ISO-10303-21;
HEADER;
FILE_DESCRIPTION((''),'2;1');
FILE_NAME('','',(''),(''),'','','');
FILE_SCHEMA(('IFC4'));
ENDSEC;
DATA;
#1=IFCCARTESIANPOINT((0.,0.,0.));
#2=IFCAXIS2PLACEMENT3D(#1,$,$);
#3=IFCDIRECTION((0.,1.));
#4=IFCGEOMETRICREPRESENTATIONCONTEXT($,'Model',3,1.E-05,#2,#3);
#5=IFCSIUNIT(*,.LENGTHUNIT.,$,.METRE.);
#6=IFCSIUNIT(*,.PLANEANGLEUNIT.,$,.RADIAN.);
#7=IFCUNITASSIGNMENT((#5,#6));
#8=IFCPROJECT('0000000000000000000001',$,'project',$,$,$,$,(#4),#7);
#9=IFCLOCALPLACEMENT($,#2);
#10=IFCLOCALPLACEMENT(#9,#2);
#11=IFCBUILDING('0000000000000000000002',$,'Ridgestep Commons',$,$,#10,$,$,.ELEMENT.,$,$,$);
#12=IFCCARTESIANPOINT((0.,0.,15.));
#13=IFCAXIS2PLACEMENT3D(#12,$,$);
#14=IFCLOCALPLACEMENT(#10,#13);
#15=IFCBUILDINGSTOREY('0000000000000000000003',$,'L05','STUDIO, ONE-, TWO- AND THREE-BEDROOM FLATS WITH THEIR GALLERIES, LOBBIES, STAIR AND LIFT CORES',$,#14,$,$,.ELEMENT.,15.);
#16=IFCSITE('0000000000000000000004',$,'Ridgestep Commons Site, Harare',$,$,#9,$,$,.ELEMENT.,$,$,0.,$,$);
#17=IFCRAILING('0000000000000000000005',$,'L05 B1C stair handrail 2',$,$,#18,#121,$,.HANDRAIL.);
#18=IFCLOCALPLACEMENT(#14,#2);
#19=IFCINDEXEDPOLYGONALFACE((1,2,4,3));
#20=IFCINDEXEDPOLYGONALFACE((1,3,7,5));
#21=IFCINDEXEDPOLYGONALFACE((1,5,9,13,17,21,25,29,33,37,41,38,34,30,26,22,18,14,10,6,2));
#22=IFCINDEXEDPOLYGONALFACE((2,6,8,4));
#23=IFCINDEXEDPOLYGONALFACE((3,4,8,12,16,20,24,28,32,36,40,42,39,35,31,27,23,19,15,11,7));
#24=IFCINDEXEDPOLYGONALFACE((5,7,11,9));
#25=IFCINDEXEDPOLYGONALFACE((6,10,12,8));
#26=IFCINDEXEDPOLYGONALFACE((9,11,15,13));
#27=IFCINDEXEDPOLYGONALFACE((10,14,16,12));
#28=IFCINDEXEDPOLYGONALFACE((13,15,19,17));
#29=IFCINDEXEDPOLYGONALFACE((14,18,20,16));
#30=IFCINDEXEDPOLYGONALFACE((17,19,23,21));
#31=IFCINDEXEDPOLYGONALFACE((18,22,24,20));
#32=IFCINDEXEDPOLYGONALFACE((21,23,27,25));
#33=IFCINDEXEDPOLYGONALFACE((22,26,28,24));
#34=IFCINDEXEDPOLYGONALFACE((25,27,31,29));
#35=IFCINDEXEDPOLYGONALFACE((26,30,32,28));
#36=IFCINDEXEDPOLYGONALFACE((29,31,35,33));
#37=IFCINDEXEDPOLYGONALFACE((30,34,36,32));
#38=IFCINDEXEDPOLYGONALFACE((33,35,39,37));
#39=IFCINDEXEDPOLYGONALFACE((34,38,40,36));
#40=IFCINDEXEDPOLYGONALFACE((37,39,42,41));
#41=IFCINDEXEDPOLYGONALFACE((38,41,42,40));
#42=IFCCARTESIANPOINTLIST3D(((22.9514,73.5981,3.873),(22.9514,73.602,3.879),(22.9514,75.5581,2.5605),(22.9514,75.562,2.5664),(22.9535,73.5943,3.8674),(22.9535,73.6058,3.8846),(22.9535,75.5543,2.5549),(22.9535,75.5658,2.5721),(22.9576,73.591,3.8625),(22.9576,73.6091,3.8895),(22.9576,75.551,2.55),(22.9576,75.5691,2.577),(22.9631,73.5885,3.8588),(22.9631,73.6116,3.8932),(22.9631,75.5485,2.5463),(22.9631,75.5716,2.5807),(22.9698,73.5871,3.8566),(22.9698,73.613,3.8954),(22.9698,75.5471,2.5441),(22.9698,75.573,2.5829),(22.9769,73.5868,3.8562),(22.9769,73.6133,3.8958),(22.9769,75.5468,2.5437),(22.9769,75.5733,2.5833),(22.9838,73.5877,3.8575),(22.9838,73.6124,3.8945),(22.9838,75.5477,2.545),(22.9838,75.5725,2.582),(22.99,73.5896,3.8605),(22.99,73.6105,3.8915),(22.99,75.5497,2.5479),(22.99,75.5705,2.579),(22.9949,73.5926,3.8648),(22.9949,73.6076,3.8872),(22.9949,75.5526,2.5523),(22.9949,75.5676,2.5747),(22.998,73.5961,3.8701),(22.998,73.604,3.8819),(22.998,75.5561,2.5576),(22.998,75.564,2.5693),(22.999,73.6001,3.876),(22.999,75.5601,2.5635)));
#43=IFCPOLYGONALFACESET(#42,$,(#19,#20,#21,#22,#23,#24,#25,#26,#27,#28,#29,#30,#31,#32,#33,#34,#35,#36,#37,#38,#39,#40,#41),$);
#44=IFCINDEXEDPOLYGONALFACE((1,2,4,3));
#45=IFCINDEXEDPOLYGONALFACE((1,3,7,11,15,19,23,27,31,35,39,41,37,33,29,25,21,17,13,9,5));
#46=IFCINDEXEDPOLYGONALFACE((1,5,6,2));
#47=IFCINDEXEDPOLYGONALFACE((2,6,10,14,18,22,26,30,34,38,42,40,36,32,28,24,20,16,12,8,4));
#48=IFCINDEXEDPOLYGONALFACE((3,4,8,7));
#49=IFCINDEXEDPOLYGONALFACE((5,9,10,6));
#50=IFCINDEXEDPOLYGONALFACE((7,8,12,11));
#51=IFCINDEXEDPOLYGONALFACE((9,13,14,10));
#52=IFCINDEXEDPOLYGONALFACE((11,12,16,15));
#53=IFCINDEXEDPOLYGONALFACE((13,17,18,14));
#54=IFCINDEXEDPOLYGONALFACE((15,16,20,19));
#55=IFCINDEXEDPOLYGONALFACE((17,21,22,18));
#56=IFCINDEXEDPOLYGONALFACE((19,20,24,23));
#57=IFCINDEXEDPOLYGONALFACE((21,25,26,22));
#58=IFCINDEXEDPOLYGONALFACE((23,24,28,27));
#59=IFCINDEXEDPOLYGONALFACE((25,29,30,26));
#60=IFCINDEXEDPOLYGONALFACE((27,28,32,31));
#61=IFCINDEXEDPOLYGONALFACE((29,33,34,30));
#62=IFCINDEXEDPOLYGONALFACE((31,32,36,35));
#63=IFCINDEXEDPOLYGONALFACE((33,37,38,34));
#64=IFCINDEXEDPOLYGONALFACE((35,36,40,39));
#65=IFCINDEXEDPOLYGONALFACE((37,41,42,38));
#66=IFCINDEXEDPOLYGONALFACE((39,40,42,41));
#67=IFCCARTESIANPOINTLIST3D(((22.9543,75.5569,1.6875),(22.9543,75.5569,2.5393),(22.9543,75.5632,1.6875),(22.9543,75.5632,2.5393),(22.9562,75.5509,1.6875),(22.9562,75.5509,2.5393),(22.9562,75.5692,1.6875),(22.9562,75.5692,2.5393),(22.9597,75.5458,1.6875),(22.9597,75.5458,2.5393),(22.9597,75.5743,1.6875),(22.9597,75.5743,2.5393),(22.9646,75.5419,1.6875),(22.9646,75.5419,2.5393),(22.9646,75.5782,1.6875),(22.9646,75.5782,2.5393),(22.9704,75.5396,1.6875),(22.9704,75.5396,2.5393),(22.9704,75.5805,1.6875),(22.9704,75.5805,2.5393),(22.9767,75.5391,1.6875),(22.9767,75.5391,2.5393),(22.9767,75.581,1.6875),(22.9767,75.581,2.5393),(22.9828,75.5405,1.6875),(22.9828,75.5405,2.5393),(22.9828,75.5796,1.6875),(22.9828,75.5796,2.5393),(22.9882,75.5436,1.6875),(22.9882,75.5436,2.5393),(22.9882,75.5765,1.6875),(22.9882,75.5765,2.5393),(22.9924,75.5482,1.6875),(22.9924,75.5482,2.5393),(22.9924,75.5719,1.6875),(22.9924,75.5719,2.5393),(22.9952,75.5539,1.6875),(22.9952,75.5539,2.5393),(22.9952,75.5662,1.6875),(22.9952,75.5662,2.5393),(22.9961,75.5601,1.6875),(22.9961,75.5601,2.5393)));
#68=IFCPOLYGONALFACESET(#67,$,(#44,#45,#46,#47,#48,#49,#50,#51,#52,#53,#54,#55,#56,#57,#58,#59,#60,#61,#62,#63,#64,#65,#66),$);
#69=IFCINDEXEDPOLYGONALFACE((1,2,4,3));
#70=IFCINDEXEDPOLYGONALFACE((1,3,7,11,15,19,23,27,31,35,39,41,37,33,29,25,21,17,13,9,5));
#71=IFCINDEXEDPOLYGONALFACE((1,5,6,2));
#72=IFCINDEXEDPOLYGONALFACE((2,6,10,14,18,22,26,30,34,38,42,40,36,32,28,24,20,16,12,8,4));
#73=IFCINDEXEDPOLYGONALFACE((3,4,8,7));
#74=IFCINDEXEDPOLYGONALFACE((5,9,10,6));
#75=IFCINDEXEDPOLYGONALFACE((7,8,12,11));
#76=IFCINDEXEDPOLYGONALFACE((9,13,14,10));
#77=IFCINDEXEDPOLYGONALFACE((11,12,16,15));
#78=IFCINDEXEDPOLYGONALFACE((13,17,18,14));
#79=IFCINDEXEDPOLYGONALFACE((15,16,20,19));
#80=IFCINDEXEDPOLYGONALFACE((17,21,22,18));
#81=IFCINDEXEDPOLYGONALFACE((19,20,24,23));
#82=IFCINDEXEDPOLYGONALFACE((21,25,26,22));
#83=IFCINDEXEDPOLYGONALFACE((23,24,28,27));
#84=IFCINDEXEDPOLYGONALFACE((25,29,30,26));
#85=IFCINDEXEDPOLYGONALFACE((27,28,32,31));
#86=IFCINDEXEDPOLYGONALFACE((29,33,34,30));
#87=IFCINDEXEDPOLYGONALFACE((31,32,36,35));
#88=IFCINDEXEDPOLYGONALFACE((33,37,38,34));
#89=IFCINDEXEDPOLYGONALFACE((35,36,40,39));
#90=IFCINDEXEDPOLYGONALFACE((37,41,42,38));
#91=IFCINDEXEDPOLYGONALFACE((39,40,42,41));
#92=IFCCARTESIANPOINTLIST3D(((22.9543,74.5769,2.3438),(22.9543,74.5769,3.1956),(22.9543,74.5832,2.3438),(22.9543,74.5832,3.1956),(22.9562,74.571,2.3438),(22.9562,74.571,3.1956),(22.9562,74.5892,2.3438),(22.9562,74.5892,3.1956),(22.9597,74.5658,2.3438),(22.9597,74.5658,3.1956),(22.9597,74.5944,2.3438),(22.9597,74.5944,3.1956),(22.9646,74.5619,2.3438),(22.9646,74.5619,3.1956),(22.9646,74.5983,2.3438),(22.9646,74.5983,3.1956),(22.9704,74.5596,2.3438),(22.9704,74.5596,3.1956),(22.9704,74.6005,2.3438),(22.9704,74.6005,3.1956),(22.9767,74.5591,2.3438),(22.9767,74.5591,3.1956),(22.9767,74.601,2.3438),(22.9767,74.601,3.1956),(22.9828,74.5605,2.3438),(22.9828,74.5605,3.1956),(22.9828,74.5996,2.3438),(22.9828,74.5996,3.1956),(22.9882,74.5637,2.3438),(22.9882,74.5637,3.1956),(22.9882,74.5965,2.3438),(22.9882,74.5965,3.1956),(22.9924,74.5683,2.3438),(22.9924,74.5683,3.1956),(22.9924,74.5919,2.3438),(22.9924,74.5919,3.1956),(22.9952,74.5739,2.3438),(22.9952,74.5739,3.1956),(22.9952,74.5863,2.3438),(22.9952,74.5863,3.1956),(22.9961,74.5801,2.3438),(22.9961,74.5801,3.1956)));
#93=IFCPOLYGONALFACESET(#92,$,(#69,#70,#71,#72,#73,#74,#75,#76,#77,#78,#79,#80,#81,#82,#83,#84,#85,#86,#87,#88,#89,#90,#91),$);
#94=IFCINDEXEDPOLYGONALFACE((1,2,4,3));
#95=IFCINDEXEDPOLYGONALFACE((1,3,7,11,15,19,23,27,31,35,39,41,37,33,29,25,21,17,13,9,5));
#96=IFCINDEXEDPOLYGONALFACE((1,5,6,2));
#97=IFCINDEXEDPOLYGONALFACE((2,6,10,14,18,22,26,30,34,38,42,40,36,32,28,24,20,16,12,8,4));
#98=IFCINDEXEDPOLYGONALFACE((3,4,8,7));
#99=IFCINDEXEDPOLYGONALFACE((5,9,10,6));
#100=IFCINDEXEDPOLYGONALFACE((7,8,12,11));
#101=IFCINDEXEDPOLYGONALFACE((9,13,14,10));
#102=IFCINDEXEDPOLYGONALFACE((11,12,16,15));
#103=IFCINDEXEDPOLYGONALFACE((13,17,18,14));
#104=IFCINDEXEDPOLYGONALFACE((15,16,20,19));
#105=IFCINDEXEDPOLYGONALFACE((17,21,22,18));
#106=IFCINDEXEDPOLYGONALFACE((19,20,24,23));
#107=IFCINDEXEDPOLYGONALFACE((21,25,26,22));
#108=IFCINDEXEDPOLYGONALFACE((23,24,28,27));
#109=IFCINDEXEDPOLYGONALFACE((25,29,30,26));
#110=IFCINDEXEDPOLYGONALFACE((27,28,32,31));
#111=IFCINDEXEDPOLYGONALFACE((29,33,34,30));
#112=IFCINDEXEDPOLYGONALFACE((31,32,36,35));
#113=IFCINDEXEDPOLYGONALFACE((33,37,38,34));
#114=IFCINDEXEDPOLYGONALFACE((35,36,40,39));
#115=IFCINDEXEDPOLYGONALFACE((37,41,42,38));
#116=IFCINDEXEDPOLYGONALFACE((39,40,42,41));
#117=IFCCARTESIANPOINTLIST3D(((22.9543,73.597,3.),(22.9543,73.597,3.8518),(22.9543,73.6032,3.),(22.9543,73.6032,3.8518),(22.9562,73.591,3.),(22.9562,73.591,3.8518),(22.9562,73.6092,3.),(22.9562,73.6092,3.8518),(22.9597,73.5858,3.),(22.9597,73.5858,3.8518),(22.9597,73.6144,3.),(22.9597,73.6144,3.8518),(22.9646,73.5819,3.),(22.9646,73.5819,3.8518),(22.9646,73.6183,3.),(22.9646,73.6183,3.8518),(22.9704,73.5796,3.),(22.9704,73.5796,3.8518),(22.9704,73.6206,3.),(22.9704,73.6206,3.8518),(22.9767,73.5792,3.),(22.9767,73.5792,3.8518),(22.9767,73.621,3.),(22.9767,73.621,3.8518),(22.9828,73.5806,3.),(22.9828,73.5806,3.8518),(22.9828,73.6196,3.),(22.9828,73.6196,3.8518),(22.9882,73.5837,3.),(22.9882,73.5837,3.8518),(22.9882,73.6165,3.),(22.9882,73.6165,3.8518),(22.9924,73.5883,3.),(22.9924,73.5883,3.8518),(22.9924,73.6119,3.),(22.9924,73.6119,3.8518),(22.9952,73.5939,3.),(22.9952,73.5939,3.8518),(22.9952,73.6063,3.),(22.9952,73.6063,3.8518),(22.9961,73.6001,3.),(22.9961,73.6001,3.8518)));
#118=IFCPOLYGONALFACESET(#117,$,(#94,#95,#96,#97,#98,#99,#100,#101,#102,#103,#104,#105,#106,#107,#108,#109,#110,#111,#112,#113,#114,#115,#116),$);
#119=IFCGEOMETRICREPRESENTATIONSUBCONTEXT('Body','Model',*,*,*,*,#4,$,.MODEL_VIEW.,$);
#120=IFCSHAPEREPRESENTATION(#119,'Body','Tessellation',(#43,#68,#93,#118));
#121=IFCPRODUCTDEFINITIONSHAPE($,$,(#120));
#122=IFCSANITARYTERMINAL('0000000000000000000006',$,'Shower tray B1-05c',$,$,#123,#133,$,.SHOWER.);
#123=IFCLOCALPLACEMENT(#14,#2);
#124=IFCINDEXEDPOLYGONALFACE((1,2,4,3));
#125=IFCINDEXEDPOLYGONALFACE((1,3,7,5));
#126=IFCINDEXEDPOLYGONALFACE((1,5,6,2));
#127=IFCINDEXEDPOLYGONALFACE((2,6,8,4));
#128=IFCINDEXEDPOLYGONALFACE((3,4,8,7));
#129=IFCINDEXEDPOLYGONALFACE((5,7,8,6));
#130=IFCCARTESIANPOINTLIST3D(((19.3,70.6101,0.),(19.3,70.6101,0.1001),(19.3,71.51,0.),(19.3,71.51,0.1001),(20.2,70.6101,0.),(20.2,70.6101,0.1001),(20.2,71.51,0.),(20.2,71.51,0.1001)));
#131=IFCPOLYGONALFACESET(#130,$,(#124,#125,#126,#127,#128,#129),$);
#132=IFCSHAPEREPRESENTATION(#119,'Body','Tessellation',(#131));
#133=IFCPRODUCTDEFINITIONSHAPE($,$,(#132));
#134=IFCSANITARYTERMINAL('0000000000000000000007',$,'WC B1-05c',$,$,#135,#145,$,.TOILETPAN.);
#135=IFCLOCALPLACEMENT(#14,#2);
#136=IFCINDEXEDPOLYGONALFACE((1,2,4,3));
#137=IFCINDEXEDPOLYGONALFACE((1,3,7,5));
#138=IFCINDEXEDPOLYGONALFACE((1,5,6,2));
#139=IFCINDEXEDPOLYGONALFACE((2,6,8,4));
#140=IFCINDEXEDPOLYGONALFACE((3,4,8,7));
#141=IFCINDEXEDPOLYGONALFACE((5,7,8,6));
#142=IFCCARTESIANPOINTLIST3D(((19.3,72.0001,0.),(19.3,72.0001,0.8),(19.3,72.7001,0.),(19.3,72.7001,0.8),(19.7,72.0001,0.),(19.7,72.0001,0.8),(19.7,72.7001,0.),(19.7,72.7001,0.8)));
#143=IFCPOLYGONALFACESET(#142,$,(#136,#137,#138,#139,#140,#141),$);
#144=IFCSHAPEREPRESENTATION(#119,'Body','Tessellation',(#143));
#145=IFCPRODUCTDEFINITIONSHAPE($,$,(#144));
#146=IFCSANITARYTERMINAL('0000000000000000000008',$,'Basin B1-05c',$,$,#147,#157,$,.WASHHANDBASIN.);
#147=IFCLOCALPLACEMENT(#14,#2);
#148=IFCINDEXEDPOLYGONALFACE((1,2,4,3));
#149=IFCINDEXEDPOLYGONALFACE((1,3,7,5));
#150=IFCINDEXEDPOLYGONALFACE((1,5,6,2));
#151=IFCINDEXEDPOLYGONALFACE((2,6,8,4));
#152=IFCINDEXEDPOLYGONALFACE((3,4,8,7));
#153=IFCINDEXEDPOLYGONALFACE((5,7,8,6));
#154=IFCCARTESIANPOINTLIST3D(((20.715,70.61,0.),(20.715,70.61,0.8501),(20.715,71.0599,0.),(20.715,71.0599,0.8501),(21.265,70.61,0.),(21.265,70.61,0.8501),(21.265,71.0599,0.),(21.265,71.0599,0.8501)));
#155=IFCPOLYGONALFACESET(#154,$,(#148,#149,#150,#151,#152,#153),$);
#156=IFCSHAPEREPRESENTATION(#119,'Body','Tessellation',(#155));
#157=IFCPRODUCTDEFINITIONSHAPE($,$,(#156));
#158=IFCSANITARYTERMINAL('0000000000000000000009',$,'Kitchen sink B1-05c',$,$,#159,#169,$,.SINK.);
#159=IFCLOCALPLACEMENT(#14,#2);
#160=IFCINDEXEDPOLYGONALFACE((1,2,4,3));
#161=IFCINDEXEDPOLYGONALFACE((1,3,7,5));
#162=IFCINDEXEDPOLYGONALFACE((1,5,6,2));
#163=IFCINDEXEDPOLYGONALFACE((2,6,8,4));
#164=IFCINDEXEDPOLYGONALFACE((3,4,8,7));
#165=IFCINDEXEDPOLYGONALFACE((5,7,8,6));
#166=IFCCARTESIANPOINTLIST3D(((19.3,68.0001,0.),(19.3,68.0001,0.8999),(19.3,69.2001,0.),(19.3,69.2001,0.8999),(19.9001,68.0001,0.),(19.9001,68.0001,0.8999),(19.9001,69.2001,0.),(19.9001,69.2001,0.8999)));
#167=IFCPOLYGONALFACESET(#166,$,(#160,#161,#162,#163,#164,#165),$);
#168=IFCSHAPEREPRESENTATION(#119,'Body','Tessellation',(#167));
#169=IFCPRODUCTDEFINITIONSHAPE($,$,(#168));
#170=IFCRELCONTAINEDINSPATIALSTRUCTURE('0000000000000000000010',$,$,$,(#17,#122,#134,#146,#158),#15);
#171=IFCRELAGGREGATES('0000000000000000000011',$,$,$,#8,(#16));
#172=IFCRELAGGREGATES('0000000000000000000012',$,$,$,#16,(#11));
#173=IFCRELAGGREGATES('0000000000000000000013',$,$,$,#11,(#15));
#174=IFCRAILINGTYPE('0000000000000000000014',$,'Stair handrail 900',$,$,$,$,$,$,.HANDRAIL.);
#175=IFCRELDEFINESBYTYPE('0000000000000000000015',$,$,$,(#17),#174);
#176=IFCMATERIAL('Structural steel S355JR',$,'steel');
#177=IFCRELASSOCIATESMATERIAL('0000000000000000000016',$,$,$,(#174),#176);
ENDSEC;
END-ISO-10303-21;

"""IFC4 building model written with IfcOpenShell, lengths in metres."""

from ifc_helpers import new_model, si_unit, direction, frame, origin, origin_2d, place, context, subcontext, project, spatial, rectangle, circle, extrude, material, type_object, element, save


model = new_model("IFC4")

# Units and contexts
model_context = context("Model", 3, precision=1e-05, world=origin(), true_north=direction((0.0, 1.0)))
body_context = subcontext(model_context, "Body", "Model", "MODEL_VIEW")
ifc_project = project(units=[si_unit("LENGTHUNIT", "METRE"), si_unit("PLANEANGLEUNIT", "RADIAN")], contexts=[model_context])

# Site, building, storey
site_placement = place(None, origin())
site = spatial("IfcSite", under=ifc_project, at=site_placement, Name="Ridgestep Commons Site, Harare", CompositionType="ELEMENT", RefElevation=0.0)
building_placement = place(site_placement, origin())
building = spatial("IfcBuilding", under=site, at=building_placement, Name="Ridgestep Commons", CompositionType="ELEMENT")
storey_placement = place(building_placement, frame((0.0, 0.0, 15.0)))
storey = spatial("IfcBuildingStorey", under=building, at=storey_placement, Name="L05", Description="STUDIO, ONE-, TWO- AND THREE-BEDROOM FLATS WITH THEIR GALLERIES, LOBBIES, STAIR AND LIFT CORES", CompositionType="ELEMENT", Elevation=15.0)

# Railing
ifc_material_1 = material(Name="Structural steel S355JR", Category="steel")
railing_type_1 = type_object("IfcRailingType", Name="Stair handrail 900", PredefinedType="HANDRAIL", material=ifc_material_1)
railing_1_placement = place(storey_placement, frame((22.9751, 75.5601, 1.6875)))
element("IfcRailing", 1, at=railing_1_placement, inside=storey, type_object=railing_type_1, Name="L05 B1C stair handrail 2", PredefinedType="HANDRAIL", context=body_context, shape_type="SweptSolid", body=[
    extrude(circle(Radius=0.0239, at=origin_2d()), frame((0.0, 0.0, 0.876), z_axis=(0.0, -0.830902, 0.556419), x_axis=(1.0, 0.0, 0.0)), (0.0, 0.0, 1.0), 2.3589),
    extrude(circle(Radius=0.021, at=origin_2d()), origin(), (0.0, 0.0, 1.0), 0.8518),
    extrude(circle(Radius=0.021, at=origin_2d()), frame((0.0, -0.98, 0.6562)), (0.0, 0.0, 1.0), 0.8518),
    extrude(circle(Radius=0.021, at=origin_2d()), frame((0.0, -1.96, 1.3125)), (0.0, 0.0, 1.0), 0.8518),
])

# Sanitary terminals
sanitary_terminal_1_placement = place(storey_placement, frame((19.75, 71.0601, 0.0), z_axis=(0.0, 0.0, 1.0), x_axis=(1.0, 0.0, 0.0)))
element("IfcSanitaryTerminal", 2, at=sanitary_terminal_1_placement, inside=storey, Name="Shower tray B1-05c", PredefinedType="SHOWER", context=body_context, shape_type="SweptSolid", body=[
    extrude(rectangle(XDim=0.8999, YDim=0.8999, at=origin_2d()), origin(), (0.0, 0.0, 1.0), 0.1001),
])
sanitary_terminal_2_placement = place(storey_placement, frame((19.5, 72.3501, 0.0), z_axis=(0.0, 0.0, 1.0), x_axis=(1.0, 0.0, 0.0)))
element("IfcSanitaryTerminal", 3, at=sanitary_terminal_2_placement, inside=storey, Name="WC B1-05c", PredefinedType="TOILETPAN", context=body_context, shape_type="SweptSolid", body=[
    extrude(rectangle(XDim=0.3999, YDim=0.7, at=origin_2d()), origin(), (0.0, 0.0, 1.0), 0.8),
])
sanitary_terminal_3_placement = place(storey_placement, frame((20.99, 70.835, 0.0), z_axis=(0.0, 0.0, 1.0), x_axis=(1.0, 0.0, 0.0)))
element("IfcSanitaryTerminal", 4, at=sanitary_terminal_3_placement, inside=storey, Name="Basin B1-05c", PredefinedType="WASHHANDBASIN", context=body_context, shape_type="SweptSolid", body=[
    extrude(rectangle(XDim=0.55, YDim=0.45, at=origin_2d()), origin(), (0.0, 0.0, 1.0), 0.8501),
])
sanitary_terminal_4_placement = place(storey_placement, frame((19.6001, 68.6001, 0.0), z_axis=(0.0, 0.0, 1.0), x_axis=(1.0, 0.0, 0.0)))
element("IfcSanitaryTerminal", 5, at=sanitary_terminal_4_placement, inside=storey, Name="Kitchen sink B1-05c", PredefinedType="SINK", context=body_context, shape_type="SweptSolid", body=[
    extrude(rectangle(XDim=0.6001, YDim=1.2, at=origin_2d()), origin(), (0.0, 0.0, 1.0), 0.8999),
])

save(model, "model.ifc")
